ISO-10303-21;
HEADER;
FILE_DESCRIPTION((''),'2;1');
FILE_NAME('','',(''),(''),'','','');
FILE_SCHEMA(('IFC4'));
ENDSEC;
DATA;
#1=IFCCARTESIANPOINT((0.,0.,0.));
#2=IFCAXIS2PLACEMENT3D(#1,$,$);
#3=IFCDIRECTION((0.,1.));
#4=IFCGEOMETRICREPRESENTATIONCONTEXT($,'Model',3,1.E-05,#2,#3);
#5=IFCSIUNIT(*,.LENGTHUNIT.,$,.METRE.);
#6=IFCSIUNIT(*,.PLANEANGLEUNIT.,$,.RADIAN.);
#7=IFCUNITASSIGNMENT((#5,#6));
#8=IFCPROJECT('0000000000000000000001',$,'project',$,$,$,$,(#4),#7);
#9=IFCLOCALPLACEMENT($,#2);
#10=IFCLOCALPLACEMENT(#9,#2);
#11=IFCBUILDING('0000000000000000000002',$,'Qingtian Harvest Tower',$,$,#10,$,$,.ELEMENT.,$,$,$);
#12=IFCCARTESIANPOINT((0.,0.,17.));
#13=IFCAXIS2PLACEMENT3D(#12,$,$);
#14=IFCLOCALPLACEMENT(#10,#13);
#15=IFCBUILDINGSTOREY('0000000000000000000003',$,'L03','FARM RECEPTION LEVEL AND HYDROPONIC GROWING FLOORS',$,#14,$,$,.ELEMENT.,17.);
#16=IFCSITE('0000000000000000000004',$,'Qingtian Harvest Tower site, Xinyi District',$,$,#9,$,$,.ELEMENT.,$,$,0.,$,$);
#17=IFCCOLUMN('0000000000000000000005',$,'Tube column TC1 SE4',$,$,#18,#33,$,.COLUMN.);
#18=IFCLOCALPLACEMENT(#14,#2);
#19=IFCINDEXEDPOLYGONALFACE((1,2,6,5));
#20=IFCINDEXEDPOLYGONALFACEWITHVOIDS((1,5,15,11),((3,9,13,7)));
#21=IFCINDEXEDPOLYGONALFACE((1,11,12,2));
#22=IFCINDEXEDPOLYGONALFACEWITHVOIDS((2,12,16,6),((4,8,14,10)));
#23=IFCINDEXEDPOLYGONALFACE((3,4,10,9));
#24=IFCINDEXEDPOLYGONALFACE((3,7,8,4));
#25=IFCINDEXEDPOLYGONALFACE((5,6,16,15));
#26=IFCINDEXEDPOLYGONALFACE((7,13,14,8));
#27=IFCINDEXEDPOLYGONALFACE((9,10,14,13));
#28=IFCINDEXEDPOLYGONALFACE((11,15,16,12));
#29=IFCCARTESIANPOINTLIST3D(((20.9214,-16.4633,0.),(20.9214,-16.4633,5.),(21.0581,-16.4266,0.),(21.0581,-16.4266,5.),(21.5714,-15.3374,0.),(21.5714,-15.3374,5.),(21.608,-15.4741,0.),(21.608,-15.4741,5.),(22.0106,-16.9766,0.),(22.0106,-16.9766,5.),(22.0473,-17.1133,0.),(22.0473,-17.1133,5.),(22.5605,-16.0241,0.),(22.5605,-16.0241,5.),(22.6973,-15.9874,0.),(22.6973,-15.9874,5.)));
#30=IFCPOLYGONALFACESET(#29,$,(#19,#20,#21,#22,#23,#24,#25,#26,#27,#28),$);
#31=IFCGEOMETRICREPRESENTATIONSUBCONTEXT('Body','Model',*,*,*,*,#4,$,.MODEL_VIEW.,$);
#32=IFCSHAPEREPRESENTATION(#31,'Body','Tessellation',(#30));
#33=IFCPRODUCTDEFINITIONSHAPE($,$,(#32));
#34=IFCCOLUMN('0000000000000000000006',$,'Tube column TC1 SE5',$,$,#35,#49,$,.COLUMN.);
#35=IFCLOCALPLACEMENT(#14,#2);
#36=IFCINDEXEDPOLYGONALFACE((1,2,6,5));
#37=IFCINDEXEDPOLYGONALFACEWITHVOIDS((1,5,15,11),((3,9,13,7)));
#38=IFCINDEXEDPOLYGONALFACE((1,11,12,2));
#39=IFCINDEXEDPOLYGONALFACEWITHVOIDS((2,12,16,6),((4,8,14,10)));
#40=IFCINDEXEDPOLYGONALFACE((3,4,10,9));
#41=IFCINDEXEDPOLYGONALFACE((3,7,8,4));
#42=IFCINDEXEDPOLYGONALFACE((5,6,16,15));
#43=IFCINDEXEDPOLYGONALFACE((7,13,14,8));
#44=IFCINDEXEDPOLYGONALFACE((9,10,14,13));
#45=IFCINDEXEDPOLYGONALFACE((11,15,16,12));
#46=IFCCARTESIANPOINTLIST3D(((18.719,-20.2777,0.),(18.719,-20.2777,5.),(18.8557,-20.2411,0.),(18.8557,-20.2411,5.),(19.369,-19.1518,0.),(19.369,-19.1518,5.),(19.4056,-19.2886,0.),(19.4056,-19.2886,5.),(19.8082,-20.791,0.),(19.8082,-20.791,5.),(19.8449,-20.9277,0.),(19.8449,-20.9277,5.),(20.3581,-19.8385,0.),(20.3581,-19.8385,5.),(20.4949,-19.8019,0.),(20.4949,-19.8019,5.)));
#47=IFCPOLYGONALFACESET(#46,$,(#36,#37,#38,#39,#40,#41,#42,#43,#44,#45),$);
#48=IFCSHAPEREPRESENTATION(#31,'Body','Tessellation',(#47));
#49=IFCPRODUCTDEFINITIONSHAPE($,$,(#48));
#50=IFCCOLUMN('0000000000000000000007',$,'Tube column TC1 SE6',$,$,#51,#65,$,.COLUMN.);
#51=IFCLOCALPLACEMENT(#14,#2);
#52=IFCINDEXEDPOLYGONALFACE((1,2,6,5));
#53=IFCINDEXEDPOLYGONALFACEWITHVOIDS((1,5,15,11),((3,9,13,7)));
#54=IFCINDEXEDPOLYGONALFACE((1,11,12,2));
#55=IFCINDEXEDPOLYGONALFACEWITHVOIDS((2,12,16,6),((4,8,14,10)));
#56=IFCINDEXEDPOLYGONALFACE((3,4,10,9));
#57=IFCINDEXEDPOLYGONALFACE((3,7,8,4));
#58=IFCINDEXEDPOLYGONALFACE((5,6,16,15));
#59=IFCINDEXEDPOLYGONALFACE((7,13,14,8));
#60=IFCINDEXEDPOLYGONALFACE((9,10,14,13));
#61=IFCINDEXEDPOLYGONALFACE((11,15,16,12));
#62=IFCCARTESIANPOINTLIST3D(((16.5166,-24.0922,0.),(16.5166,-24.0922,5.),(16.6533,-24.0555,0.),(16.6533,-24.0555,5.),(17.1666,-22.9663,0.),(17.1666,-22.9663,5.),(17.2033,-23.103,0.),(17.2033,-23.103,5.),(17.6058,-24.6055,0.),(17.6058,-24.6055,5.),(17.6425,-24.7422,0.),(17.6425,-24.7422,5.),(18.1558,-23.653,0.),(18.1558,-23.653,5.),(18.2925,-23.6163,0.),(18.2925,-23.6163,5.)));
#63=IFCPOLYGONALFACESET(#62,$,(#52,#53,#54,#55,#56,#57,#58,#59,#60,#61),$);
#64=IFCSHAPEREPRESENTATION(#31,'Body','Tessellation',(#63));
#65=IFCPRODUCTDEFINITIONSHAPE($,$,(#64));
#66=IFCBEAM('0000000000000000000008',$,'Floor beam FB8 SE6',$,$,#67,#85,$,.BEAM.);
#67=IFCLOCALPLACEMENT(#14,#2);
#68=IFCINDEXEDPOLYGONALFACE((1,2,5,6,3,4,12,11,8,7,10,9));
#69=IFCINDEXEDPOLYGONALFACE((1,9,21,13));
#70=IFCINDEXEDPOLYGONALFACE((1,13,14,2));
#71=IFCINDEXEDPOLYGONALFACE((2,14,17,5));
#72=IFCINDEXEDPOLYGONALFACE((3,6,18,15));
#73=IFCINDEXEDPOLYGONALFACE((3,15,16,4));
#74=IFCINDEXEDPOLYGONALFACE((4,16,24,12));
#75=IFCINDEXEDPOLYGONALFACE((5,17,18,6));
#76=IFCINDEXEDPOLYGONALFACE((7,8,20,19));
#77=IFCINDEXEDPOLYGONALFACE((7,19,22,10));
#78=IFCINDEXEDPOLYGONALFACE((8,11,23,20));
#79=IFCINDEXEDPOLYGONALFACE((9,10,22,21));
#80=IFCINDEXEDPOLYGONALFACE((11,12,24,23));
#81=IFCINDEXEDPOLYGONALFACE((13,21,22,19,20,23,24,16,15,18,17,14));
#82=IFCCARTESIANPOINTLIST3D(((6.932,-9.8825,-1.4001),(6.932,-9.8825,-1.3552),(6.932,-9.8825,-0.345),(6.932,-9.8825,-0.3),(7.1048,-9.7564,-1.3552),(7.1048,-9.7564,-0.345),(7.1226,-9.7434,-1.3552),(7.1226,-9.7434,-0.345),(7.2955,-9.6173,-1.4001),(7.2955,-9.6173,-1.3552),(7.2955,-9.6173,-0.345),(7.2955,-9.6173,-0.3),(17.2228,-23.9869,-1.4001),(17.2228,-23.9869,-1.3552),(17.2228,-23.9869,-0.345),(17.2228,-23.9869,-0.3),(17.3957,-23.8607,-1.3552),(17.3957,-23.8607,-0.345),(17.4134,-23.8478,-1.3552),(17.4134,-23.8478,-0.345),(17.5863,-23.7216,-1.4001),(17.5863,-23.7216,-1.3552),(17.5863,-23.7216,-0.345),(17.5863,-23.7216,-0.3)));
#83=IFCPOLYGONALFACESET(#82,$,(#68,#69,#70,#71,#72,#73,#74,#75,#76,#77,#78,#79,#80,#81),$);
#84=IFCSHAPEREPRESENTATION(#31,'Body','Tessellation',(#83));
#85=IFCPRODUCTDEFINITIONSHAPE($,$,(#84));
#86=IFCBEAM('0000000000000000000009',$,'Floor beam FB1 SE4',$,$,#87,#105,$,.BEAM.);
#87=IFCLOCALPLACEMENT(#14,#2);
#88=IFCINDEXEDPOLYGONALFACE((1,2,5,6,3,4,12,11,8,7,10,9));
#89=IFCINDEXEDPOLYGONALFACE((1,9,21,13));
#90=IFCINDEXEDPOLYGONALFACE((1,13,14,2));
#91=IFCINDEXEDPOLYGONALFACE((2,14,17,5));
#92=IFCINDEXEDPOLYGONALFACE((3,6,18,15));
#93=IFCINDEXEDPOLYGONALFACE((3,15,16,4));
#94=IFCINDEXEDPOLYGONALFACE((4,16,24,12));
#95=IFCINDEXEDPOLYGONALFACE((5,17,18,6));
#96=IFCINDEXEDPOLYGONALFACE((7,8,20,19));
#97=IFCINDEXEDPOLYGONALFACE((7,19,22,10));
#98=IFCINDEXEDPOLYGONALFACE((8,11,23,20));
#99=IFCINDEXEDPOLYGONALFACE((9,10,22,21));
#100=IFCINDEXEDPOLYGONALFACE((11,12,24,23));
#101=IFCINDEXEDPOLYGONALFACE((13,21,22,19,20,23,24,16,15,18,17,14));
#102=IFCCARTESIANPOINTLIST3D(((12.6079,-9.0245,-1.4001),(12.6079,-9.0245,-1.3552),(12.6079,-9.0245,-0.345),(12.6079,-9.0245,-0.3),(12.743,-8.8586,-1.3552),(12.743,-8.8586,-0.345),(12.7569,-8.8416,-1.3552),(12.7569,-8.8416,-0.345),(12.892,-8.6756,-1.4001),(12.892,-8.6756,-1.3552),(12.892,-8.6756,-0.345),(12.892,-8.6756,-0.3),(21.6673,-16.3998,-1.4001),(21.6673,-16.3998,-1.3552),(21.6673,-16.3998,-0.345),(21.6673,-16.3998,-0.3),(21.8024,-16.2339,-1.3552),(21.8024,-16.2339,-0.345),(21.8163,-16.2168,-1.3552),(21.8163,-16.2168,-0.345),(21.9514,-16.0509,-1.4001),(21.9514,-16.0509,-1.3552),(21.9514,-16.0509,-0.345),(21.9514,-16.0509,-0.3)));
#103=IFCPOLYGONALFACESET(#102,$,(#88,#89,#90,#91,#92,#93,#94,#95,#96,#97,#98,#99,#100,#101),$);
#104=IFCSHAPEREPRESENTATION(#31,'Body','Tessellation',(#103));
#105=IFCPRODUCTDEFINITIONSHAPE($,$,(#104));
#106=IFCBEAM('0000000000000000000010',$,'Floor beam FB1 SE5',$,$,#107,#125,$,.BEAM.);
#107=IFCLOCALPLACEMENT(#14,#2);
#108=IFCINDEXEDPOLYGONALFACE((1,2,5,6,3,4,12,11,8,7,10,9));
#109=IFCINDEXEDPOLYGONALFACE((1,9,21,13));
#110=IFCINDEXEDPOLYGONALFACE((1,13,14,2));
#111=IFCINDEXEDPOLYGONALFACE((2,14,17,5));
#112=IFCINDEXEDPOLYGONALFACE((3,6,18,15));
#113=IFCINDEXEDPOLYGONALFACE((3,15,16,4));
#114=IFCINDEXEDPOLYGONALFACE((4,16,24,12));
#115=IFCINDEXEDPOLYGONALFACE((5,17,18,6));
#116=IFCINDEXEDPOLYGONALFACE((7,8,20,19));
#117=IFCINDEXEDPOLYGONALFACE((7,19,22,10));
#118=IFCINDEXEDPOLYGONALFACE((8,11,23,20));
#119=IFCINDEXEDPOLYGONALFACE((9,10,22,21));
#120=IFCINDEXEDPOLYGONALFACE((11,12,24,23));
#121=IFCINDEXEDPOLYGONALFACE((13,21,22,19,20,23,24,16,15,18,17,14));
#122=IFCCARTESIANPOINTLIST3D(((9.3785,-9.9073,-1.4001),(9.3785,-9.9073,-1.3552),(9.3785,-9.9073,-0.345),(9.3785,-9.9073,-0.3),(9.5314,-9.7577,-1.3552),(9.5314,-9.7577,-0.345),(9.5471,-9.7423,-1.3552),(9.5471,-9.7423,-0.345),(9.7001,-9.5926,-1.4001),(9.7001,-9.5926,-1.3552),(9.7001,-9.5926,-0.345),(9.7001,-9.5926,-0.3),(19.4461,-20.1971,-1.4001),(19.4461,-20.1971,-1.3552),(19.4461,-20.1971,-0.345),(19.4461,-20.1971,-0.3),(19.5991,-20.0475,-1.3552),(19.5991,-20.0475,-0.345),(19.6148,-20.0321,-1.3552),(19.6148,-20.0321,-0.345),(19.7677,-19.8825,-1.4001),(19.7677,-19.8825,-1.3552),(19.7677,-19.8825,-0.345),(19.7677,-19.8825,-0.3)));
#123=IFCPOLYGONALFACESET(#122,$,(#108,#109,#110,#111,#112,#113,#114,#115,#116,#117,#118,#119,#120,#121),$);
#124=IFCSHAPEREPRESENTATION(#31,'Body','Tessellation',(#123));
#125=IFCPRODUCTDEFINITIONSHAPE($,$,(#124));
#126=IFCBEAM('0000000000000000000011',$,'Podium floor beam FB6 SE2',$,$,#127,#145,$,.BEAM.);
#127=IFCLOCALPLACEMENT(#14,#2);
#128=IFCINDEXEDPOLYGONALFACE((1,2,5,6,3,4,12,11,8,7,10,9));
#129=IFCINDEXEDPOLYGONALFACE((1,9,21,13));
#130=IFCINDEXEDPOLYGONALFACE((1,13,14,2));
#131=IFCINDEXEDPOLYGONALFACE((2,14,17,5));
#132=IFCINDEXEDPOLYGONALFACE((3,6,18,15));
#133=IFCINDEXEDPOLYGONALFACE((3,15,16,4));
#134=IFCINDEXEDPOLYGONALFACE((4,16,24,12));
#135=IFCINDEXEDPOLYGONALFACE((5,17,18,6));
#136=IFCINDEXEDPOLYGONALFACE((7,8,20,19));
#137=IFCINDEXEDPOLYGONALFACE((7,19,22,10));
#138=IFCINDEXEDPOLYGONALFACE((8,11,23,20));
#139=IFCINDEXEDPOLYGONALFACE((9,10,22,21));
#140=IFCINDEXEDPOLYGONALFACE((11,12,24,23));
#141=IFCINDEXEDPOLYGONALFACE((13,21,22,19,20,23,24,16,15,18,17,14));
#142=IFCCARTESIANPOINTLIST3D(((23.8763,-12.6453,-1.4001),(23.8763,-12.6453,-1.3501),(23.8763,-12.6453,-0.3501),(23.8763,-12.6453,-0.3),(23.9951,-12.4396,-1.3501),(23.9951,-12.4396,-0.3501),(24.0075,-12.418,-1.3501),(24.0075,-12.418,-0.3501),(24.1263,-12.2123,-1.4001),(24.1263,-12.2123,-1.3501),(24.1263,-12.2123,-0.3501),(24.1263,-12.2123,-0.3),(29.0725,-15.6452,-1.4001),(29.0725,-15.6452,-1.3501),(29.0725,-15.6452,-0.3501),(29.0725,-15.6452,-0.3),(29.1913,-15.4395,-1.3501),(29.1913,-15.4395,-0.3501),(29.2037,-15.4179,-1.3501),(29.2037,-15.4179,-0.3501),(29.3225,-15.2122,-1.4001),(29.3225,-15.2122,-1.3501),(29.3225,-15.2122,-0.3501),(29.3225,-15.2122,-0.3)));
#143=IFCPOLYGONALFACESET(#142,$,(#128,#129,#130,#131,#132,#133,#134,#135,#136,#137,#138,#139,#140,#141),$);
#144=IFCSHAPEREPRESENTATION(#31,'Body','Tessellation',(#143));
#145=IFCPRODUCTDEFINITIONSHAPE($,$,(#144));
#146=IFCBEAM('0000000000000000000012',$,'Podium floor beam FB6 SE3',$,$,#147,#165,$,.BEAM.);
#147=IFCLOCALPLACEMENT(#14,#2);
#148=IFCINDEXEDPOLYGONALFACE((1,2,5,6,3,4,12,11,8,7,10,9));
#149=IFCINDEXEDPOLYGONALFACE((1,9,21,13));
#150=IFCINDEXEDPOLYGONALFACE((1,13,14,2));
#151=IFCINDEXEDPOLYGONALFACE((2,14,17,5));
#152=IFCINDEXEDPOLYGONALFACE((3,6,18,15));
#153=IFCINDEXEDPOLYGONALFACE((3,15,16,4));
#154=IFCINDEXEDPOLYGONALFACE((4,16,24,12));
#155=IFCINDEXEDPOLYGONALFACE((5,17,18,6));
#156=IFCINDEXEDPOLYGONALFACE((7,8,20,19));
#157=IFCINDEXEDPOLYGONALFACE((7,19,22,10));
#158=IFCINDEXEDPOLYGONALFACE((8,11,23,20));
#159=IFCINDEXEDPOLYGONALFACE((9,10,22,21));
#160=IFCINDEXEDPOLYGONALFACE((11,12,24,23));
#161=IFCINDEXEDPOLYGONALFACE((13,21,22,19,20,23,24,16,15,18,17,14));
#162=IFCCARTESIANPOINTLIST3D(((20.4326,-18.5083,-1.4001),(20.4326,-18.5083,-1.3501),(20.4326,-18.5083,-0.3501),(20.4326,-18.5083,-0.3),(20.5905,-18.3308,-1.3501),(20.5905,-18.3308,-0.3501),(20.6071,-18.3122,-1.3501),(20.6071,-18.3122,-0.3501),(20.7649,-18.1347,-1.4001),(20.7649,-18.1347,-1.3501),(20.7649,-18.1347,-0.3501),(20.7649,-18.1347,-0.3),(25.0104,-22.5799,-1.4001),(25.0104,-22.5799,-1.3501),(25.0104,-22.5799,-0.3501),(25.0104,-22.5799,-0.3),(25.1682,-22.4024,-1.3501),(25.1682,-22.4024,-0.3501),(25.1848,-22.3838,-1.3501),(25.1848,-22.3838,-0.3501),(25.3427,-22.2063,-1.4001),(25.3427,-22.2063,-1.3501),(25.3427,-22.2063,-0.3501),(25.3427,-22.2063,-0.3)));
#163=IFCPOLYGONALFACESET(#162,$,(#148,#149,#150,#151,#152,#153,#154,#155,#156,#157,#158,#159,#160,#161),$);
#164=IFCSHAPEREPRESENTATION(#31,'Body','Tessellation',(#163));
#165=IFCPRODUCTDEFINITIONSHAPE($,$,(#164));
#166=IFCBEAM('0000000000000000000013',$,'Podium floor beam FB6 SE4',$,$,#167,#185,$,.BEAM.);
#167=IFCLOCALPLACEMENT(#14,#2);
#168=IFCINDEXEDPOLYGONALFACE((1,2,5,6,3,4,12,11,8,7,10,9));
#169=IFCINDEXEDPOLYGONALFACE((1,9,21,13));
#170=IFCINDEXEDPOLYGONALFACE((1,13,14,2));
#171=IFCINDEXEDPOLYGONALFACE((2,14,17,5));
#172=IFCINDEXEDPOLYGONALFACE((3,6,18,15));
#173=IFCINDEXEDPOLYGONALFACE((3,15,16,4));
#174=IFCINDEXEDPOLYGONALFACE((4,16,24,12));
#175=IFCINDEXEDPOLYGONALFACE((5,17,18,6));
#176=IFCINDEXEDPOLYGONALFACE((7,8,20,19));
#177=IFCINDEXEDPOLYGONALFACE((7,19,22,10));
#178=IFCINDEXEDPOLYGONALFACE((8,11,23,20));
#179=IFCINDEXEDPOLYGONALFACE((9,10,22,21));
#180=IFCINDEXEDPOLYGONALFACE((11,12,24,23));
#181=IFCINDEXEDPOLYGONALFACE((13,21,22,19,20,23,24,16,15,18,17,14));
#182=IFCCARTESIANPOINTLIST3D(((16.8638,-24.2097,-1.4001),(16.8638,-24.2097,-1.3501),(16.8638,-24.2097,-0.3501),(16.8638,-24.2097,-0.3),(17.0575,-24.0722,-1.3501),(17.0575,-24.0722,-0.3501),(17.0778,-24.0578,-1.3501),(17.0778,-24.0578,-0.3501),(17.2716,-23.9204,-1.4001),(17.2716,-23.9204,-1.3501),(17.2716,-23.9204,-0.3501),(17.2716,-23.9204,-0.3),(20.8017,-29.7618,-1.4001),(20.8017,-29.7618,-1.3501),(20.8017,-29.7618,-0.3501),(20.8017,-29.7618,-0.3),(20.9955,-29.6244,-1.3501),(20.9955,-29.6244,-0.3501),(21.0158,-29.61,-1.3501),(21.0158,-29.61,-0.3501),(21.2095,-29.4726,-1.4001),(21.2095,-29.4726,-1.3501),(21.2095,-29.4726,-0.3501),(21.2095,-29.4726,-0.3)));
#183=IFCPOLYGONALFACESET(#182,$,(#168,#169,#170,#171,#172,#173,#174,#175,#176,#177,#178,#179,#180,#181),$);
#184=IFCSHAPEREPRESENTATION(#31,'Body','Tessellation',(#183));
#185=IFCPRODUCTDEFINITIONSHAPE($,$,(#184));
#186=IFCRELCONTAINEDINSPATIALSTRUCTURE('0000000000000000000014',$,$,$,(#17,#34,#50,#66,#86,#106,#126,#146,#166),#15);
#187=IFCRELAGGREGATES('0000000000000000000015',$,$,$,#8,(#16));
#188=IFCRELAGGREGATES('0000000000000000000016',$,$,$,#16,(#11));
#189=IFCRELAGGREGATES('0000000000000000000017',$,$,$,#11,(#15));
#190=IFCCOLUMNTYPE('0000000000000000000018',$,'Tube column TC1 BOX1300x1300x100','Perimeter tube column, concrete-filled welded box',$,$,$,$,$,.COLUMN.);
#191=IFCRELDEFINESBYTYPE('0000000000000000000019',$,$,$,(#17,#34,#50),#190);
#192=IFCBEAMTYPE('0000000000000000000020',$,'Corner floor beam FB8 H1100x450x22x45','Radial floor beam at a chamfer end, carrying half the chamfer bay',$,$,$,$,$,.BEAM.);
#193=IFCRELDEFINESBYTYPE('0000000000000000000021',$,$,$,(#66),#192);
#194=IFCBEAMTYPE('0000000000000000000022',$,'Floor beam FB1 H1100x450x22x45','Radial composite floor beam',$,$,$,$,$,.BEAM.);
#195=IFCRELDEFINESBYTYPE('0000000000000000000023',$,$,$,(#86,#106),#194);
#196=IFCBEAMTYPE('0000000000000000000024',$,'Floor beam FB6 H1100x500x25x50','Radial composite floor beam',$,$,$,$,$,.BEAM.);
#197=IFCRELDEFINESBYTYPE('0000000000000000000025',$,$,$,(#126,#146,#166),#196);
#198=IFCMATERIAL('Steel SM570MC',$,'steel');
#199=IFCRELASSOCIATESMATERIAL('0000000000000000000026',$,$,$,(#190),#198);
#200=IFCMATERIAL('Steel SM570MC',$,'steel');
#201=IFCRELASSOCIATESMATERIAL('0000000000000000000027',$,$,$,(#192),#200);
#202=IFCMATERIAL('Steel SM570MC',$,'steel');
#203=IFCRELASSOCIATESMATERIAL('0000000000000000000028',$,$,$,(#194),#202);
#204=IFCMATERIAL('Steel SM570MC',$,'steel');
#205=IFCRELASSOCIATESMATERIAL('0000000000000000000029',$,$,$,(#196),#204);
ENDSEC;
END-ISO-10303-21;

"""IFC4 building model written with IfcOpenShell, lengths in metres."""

from ifc_helpers import new_model, si_unit, direction, frame, origin, origin_2d, place, context, subcontext, project, spatial, hollow_rectangle, i_section, extrude, material, material_profile, profile_set, type_object, element, save


model = new_model("IFC4")

# Units and contexts
model_context = context("Model", 3, precision=1e-05, world=origin(), true_north=direction((0.0, 1.0)))
body_context = subcontext(model_context, "Body", "Model", "MODEL_VIEW")
ifc_project = project(units=[si_unit("LENGTHUNIT", "METRE"), si_unit("PLANEANGLEUNIT", "RADIAN")], contexts=[model_context])

# Site, building, storey
site_placement = place(None, origin())
site = spatial("IfcSite", under=ifc_project, at=site_placement, Name="Qingtian Harvest Tower site, Xinyi District", CompositionType="ELEMENT", RefElevation=0.0)
building_placement = place(site_placement, origin())
building = spatial("IfcBuilding", under=site, at=building_placement, Name="Qingtian Harvest Tower", CompositionType="ELEMENT")
storey_placement = place(building_placement, frame((0.0, 0.0, 17.0)))
storey = spatial("IfcBuildingStorey", under=building, at=storey_placement, Name="L03", Description="FARM RECEPTION LEVEL AND HYDROPONIC GROWING FLOORS", CompositionType="ELEMENT", Elevation=17.0)

# Columns
ifc_material_1 = material(Name="Steel SM570MC", Category="steel")
ifc_material_profile_1 = material_profile(ifc_material_1, hollow_rectangle(XDim=1.3, YDim=1.3, WallThickness=0.1001, at=origin_2d()), Name="BOX1300x1300x100")
ifc_profile_set_1 = profile_set([ifc_material_profile_1], Name="Steel SM570MC")
column_type = type_object("IfcColumnType", Name="Tube column TC1 BOX1300x1300x100", Description="Perimeter tube column, concrete-filled welded box", PredefinedType="COLUMN", material=ifc_profile_set_1)
for number, where, z_axis, x_axis, name in (
    (1, (21.8093, -16.2253, 0.0), (0.0, 0.0, 1.0), (0.5, 0.866025, 0.0), "Tube column TC1 SE4"),
    (2, (19.6069, -20.0398, 0.0), (0.0, 0.0, 1.0), (0.5, 0.866025, 0.0), "Tube column TC1 SE5"),
    (3, (17.4045, -23.8542, 0.0), (0.0, 0.0, 1.0), (0.5, 0.866025, 0.0), "Tube column TC1 SE6"),
):
    element("IfcColumn", number, at=place(storey_placement, frame(where, z_axis=z_axis, x_axis=x_axis)), inside=storey, type_object=column_type, Name=name, PredefinedType="COLUMN", context=body_context, shape_type="SweptSolid", body=[
        extrude(hollow_rectangle(XDim=1.3, YDim=1.3, WallThickness=0.1001, at=origin_2d()), origin(), (0.0, 0.0, 1.0), 5.0),
    ])

# Beams
ifc_material_2 = material(Name="Steel SM570MC", Category="steel")
ifc_material_profile_2 = material_profile(ifc_material_2, i_section(OverallWidth=0.45, OverallDepth=1.1001, WebThickness=0.022, FlangeThickness=0.0449, at=origin_2d()), Name="H1100x450x22x45")
ifc_profile_set_2 = profile_set([ifc_material_profile_2], Name="Steel SM570MC")
beam_type_1 = type_object("IfcBeamType", Name="Corner floor beam FB8 H1100x450x22x45", Description="Radial floor beam at a chamfer end, carrying half the chamfer bay", PredefinedType="BEAM", material=ifc_profile_set_2)
beam_1_placement = place(storey_placement, frame((17.4045, -23.8542, -0.8501), z_axis=(-0.589412, 0.807832, 0.0), x_axis=(-0.807832, -0.589412, 0.0)))
element("IfcBeam", 4, at=beam_1_placement, inside=storey, type_object=beam_type_1, Name="Floor beam FB8 SE6", PredefinedType="BEAM", context=body_context, shape_type="SweptSolid", body=[
    extrude(i_section(OverallWidth=0.45, OverallDepth=1.1001, WebThickness=0.022, FlangeThickness=0.0449, at=origin_2d()), origin(), (0.0, 0.0, 1.0), 17.4595),
])
ifc_material_3 = material(Name="Steel SM570MC", Category="steel")
ifc_material_profile_3 = material_profile(ifc_material_3, i_section(OverallWidth=0.45, OverallDepth=1.1001, WebThickness=0.022, FlangeThickness=0.0449, at=origin_2d()), Name="H1100x450x22x45")
ifc_profile_set_3 = profile_set([ifc_material_profile_3], Name="Steel SM570MC")
beam_type_2 = type_object("IfcBeamType", Name="Floor beam FB1 H1100x450x22x45", Description="Radial composite floor beam", PredefinedType="BEAM", material=ifc_profile_set_3)
beam_2_placement = place(storey_placement, frame((21.8093, -16.2253, -0.8501), z_axis=(-0.775504, 0.631342, 0.0), x_axis=(-0.631342, -0.775504, 0.0)))
element("IfcBeam", 5, at=beam_2_placement, inside=storey, type_object=beam_type_2, Name="Floor beam FB1 SE4", PredefinedType="BEAM", context=body_context, shape_type="SweptSolid", body=[
    extrude(i_section(OverallWidth=0.45, OverallDepth=1.1001, WebThickness=0.022, FlangeThickness=0.0449, at=origin_2d()), origin(), (0.0, 0.0, 1.0), 11.6819),
])
beam_3_placement = place(storey_placement, frame((19.6069, -20.0398, -0.8501), z_axis=(-0.699348, 0.714781, 0.0), x_axis=(-0.714781, -0.699348, 0.0)))
element("IfcBeam", 6, at=beam_3_placement, inside=storey, type_object=beam_type_2, Name="Floor beam FB1 SE5", PredefinedType="BEAM", context=body_context, shape_type="SweptSolid", body=[
    extrude(i_section(OverallWidth=0.45, OverallDepth=1.1001, WebThickness=0.022, FlangeThickness=0.0449, at=origin_2d()), origin(), (0.0, 0.0, 1.0), 14.3958),
])
ifc_material_4 = material(Name="Steel SM570MC", Category="steel")
ifc_material_profile_4 = material_profile(ifc_material_4, i_section(OverallWidth=0.5, OverallDepth=1.1001, WebThickness=0.0249, FlangeThickness=0.05, at=origin_2d()), Name="H1100x500x25x50")
ifc_profile_set_4 = profile_set([ifc_material_profile_4], Name="Steel SM570MC")
beam_type_3 = type_object("IfcBeamType", Name="Floor beam FB6 H1100x500x25x50", Description="Radial composite floor beam", PredefinedType="BEAM", material=ifc_profile_set_4)
beam_4_placement = place(storey_placement, frame((29.1975, -15.4287, -0.8501), z_axis=(-0.866031, 0.49999, 0.0), x_axis=(-0.49999, -0.866031, 0.0)))
element("IfcBeam", 7, at=beam_4_placement, inside=storey, type_object=beam_type_3, Name="Podium floor beam FB6 SE2", PredefinedType="BEAM", context=body_context, shape_type="SweptSolid", body=[
    extrude(i_section(OverallWidth=0.5, OverallDepth=1.1001, WebThickness=0.0249, FlangeThickness=0.05, at=origin_2d()), origin(), (0.0, 0.0, 1.0), 6.0),
])
beam_5_placement = place(storey_placement, frame((25.1765, -22.3931, -0.8501), z_axis=(-0.747205, 0.664594, 0.0), x_axis=(-0.664594, -0.747205, 0.0)))
element("IfcBeam", 8, at=beam_5_placement, inside=storey, type_object=beam_type_3, Name="Podium floor beam FB6 SE3", PredefinedType="BEAM", context=body_context, shape_type="SweptSolid", body=[
    extrude(i_section(OverallWidth=0.5, OverallDepth=1.1001, WebThickness=0.0249, FlangeThickness=0.05, at=origin_2d()), origin(), (0.0, 0.0, 1.0), 6.1265),
])
for number, where, z_axis, x_axis, name in (
    (9, (21.0056, -29.6172, -0.8501), (-0.578521, 0.815668, 0.0), (-0.815668, -0.578521, 0.0), "Podium floor beam FB6 SE4"),
):
    element("IfcBeam", number, at=place(storey_placement, frame(where, z_axis=z_axis, x_axis=x_axis)), inside=storey, type_object=beam_type_3, Name=name, PredefinedType="BEAM", context=body_context, shape_type="SweptSolid", body=[
        extrude(i_section(OverallWidth=0.5, OverallDepth=1.1001, WebThickness=0.0249, FlangeThickness=0.05, at=origin_2d()), origin(), (0.0, 0.0, 1.0), 6.8069),
    ])

save(model, "model.ifc")
